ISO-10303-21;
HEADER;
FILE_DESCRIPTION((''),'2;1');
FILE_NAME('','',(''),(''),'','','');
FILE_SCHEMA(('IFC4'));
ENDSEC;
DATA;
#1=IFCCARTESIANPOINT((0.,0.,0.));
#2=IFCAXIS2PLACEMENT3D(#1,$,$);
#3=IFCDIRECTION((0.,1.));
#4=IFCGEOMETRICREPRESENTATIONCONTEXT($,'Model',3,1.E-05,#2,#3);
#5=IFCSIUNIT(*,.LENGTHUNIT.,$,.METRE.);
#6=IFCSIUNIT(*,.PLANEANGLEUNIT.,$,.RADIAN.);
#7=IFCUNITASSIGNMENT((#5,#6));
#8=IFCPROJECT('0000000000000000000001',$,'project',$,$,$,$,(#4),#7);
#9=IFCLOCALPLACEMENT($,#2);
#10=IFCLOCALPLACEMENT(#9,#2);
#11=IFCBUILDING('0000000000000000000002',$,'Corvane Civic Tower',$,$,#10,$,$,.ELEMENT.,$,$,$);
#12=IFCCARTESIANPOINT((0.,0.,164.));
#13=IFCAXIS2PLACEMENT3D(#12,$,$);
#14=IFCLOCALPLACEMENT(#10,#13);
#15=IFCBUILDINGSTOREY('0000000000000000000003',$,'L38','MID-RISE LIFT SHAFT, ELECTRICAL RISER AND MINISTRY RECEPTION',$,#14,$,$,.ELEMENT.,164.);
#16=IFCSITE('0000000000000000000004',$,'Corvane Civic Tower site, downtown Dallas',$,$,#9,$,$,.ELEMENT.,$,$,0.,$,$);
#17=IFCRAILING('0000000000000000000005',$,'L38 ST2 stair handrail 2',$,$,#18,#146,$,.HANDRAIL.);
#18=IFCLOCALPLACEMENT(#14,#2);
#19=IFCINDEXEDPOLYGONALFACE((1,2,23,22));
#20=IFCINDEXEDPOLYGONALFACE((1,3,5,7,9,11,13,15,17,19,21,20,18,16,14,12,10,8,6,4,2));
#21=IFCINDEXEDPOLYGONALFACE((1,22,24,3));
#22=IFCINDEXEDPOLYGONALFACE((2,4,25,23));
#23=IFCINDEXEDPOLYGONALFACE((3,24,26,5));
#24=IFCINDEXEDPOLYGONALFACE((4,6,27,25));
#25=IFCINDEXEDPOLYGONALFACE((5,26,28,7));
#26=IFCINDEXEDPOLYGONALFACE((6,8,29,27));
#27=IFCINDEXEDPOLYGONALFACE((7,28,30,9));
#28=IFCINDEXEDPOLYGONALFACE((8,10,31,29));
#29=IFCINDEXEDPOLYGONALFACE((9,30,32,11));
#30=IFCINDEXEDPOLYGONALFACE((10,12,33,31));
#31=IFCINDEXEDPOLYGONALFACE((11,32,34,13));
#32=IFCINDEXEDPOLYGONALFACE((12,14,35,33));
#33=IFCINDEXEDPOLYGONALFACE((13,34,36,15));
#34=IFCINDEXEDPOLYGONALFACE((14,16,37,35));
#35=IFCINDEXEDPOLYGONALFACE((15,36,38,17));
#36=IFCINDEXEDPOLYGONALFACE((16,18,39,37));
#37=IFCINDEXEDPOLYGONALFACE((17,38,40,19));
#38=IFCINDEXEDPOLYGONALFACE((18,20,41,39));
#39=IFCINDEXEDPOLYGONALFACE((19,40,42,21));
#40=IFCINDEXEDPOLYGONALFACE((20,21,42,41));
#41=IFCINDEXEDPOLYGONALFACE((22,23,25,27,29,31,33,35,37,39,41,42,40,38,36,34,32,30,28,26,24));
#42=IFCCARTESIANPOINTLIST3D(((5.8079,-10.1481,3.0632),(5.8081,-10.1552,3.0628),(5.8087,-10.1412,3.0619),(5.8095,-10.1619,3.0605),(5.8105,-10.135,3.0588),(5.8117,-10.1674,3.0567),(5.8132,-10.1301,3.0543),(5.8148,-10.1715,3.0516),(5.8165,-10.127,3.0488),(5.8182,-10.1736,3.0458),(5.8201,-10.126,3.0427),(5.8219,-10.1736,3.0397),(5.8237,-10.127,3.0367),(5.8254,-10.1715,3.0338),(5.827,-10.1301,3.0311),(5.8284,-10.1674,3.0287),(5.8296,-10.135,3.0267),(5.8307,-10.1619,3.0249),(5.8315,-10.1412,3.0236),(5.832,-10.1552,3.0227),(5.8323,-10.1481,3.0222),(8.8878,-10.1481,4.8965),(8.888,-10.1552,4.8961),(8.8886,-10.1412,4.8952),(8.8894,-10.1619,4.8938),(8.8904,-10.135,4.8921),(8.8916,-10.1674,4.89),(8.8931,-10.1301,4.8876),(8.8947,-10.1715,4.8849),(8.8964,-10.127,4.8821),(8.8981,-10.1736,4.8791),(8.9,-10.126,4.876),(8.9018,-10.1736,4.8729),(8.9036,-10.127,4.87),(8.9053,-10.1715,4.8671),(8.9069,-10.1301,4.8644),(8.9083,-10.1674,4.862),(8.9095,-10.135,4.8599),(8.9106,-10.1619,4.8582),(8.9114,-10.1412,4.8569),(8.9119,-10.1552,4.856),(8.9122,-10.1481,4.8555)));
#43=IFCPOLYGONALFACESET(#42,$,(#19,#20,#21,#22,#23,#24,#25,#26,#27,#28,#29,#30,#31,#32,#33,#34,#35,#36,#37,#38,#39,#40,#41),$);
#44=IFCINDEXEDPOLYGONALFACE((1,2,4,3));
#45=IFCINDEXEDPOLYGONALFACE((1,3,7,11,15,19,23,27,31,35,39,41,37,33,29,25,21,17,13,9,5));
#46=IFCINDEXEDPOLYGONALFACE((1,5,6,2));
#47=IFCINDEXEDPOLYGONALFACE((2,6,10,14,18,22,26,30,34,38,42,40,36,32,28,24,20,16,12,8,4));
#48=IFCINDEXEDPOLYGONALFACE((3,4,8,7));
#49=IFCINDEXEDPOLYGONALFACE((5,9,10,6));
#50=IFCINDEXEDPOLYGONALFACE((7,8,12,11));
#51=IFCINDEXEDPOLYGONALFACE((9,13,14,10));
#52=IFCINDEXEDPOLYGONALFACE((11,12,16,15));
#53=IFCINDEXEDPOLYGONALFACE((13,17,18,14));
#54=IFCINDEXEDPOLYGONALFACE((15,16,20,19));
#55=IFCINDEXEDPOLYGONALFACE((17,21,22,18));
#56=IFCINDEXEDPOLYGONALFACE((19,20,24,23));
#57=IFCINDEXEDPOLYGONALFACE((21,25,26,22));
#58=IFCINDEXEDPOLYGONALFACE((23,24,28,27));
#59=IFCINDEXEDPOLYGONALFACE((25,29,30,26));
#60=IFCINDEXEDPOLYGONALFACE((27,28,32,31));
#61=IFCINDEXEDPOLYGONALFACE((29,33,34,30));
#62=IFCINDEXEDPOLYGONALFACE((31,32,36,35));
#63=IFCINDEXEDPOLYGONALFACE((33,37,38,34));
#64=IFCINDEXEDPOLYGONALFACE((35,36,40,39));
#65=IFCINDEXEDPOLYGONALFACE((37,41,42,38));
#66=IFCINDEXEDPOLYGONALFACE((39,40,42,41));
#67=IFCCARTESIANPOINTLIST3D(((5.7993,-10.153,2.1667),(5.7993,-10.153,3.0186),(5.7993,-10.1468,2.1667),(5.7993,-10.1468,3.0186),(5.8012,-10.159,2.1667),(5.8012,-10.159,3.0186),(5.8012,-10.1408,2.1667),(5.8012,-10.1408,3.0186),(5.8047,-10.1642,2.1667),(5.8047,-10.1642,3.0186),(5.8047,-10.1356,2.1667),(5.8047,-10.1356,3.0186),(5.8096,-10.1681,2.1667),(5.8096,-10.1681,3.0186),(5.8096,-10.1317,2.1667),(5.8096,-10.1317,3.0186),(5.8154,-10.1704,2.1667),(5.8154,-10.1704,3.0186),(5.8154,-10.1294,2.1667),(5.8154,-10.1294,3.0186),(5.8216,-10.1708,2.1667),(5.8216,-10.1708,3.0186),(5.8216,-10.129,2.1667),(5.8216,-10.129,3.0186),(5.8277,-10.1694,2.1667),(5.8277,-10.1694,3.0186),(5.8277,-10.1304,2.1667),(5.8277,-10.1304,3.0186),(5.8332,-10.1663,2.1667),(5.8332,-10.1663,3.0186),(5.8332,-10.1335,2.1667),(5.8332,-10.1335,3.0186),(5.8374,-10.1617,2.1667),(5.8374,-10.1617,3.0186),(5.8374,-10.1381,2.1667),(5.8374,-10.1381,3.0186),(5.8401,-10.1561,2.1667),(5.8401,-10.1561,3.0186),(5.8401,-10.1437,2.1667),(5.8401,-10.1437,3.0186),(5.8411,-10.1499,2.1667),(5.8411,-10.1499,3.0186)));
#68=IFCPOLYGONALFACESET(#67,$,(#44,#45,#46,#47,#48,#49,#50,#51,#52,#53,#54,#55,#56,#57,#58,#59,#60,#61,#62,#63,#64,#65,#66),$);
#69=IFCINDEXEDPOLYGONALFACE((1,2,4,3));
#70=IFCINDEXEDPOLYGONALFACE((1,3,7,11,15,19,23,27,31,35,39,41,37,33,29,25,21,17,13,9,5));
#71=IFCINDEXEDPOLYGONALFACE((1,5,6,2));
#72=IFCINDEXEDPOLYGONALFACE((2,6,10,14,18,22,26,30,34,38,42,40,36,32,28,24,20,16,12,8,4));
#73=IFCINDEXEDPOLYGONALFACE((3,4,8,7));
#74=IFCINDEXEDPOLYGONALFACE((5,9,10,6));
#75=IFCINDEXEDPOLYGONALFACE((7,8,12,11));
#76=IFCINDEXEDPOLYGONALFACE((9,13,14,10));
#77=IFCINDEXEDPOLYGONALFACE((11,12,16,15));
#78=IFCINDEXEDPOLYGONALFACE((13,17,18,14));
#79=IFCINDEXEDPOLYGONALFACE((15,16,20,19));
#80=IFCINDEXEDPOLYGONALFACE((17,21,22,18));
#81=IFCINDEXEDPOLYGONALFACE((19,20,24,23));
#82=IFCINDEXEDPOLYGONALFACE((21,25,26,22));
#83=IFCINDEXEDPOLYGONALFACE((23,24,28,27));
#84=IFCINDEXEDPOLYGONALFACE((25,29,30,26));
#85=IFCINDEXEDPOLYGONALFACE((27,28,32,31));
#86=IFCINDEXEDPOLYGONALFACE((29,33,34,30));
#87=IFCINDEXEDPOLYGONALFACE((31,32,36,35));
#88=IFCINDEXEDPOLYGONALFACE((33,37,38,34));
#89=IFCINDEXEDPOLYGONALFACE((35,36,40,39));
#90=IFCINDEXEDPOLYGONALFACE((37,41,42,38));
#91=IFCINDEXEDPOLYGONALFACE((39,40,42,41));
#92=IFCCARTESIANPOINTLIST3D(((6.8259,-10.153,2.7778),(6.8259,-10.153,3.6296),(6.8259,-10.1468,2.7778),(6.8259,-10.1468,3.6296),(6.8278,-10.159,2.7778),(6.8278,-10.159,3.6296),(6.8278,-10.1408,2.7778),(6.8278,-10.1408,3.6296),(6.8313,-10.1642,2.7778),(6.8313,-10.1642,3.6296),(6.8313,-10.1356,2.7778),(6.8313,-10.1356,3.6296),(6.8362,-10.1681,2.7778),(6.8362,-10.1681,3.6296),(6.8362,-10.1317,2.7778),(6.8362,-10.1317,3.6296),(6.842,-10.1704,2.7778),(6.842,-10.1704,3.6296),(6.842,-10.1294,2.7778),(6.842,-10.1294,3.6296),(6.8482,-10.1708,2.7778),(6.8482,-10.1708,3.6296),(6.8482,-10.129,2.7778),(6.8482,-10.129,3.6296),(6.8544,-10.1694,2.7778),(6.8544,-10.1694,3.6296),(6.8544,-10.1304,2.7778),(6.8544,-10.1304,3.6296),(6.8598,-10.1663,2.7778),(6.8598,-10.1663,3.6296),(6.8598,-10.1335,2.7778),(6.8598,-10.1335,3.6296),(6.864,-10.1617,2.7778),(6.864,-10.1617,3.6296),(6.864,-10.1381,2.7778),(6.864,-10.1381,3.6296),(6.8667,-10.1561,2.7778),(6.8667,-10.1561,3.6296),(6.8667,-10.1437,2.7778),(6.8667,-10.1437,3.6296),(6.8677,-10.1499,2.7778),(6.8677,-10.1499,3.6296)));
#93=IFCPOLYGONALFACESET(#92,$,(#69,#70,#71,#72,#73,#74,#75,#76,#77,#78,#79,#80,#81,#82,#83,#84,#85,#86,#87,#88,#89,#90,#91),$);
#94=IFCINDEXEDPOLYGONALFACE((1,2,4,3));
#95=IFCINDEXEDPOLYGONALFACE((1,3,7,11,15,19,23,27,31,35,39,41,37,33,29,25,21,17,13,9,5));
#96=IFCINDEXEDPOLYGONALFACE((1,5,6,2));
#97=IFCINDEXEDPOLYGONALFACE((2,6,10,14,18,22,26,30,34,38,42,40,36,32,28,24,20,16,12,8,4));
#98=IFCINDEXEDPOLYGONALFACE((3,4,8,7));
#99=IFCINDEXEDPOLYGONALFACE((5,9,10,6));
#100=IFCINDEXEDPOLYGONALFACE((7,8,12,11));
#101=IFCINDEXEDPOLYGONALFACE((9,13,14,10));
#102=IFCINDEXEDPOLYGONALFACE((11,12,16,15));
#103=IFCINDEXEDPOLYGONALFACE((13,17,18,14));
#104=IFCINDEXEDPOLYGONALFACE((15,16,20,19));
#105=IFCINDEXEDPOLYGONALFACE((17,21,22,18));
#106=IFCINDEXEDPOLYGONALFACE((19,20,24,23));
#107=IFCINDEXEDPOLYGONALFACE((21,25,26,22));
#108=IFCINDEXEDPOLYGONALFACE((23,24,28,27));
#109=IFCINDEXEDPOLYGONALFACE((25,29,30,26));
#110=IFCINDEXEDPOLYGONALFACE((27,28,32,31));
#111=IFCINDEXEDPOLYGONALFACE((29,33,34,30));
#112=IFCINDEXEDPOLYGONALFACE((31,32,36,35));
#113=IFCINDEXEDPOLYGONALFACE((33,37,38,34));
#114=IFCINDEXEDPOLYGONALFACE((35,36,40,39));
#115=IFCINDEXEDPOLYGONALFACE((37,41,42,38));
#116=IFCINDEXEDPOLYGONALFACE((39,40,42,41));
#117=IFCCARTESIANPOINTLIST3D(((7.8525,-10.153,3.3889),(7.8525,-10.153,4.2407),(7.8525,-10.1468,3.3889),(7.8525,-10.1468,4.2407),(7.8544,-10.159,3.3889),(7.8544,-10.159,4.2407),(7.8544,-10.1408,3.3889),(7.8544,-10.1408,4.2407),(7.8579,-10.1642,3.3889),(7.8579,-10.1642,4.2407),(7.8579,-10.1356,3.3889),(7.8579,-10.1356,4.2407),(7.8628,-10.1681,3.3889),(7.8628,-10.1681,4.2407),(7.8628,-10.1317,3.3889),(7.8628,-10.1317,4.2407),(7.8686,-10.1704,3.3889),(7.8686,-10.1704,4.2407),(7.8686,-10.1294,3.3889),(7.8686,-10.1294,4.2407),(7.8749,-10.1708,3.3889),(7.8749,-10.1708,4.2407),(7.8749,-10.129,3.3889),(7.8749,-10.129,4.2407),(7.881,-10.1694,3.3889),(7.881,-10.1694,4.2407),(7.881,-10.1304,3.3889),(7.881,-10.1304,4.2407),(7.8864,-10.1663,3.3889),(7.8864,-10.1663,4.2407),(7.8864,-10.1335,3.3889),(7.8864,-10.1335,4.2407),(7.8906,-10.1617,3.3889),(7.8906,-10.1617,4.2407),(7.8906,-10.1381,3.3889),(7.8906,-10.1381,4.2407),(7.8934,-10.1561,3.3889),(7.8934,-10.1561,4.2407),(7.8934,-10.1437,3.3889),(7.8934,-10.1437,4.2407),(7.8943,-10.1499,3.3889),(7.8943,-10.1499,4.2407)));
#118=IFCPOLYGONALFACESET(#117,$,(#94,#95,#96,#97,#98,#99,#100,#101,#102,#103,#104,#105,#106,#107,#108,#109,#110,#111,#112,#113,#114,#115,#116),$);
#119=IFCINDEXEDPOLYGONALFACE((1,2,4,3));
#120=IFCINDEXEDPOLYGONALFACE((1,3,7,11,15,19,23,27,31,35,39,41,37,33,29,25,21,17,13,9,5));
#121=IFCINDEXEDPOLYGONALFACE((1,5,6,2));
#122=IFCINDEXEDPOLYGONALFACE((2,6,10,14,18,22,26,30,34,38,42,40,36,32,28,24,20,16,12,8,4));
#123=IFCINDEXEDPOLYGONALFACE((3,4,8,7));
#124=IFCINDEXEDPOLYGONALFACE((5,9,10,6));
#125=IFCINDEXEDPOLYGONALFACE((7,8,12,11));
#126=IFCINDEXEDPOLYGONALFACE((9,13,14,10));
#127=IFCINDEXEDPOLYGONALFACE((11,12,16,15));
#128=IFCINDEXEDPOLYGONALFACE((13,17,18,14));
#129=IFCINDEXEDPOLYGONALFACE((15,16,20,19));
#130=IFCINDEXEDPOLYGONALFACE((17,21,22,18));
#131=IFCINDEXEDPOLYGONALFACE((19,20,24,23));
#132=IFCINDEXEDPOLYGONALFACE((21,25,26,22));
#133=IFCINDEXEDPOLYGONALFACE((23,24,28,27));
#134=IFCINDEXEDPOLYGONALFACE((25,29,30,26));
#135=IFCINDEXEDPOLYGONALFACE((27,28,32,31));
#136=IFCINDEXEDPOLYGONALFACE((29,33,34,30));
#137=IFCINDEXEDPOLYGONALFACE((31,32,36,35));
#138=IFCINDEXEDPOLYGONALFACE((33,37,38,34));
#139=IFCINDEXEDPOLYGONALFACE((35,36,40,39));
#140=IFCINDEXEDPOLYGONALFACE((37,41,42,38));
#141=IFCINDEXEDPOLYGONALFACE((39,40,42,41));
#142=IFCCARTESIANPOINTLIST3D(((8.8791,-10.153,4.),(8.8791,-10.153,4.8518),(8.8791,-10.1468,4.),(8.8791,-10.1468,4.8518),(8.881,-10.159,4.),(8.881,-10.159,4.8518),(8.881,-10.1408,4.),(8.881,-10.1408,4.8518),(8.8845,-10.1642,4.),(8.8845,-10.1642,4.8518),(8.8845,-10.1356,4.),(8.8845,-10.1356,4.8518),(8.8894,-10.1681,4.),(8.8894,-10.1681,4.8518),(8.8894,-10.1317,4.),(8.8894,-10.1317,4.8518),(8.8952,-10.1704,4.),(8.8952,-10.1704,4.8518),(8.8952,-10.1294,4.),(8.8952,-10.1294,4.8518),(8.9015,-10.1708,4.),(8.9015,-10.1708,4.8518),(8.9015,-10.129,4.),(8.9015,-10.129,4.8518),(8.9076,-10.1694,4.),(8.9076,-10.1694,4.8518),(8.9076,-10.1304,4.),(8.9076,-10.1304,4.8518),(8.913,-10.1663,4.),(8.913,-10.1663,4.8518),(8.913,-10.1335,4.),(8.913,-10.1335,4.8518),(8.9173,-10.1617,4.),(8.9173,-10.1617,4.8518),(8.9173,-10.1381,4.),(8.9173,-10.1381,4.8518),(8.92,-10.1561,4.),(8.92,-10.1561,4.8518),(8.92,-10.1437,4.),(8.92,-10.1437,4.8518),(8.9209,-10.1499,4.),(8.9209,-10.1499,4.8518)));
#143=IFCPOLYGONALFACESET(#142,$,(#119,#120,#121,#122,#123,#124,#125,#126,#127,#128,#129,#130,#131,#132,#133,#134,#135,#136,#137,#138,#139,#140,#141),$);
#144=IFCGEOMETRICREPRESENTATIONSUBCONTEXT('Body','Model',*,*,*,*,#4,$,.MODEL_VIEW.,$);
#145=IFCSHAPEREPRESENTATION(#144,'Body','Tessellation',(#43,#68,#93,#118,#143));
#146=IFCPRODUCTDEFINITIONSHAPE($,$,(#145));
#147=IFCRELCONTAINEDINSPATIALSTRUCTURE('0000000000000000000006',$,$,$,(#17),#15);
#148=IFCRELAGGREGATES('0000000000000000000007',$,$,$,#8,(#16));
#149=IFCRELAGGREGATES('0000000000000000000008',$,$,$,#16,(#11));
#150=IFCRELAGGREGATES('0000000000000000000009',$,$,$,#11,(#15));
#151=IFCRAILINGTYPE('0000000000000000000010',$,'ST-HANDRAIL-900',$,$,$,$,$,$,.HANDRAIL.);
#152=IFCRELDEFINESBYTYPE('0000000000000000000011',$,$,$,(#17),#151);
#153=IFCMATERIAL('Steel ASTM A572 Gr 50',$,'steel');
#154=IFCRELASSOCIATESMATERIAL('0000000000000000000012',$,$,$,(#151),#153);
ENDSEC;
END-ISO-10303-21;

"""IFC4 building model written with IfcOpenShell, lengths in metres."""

from ifc_helpers import new_model, si_unit, direction, frame, origin, origin_2d, place, context, subcontext, project, spatial, circle, extrude, material, type_object, element, save


model = new_model("IFC4")

# Units and contexts
model_context = context("Model", 3, precision=1e-05, world=origin(), true_north=direction((0.0, 1.0)))
body_context = subcontext(model_context, "Body", "Model", "MODEL_VIEW")
ifc_project = project(units=[si_unit("LENGTHUNIT", "METRE"), si_unit("PLANEANGLEUNIT", "RADIAN")], contexts=[model_context])

# Site, building, storey
site_placement = place(None, origin())
site = spatial("IfcSite", under=ifc_project, at=site_placement, Name="Corvane Civic Tower site, downtown Dallas", CompositionType="ELEMENT", RefElevation=0.0)
building_placement = place(site_placement, origin())
building = spatial("IfcBuilding", under=site, at=building_placement, Name="Corvane Civic Tower", CompositionType="ELEMENT")
storey_placement = place(building_placement, frame((0.0, 0.0, 164.0)))
storey = spatial("IfcBuildingStorey", under=building, at=storey_placement, Name="L38", Description="MID-RISE LIFT SHAFT, ELECTRICAL RISER AND MINISTRY RECEPTION", CompositionType="ELEMENT", Elevation=164.0)

# Railing
ifc_material_1 = material(Name="Steel ASTM A572 Gr 50", Category="steel")
railing_type_1 = type_object("IfcRailingType", Name="ST-HANDRAIL-900", PredefinedType="HANDRAIL", material=ifc_material_1)
railing_1_placement = place(storey_placement, frame((5.8201, -10.1499, 2.1667)))
element("IfcRailing", 1, at=railing_1_placement, inside=storey, type_object=railing_type_1, Name="L38 ST2 stair handrail 2", PredefinedType="HANDRAIL", context=body_context, shape_type="SweptSolid", body=[
    extrude(circle(Radius=0.0239, at=origin_2d()), frame((0.0, 0.0, 0.876), z_axis=(0.859291, 0.0, 0.511487), x_axis=(0.0, 1.0, 0.0)), (0.0, 0.0, 1.0), 3.5842),
    extrude(circle(Radius=0.021, at=origin_2d()), origin(), (0.0, 0.0, 1.0), 0.8518),
    extrude(circle(Radius=0.021, at=origin_2d()), frame((1.0266, 0.0, 0.6111)), (0.0, 0.0, 1.0), 0.8518),
    extrude(circle(Radius=0.021, at=origin_2d()), frame((2.0532, 0.0, 1.2222)), (0.0, 0.0, 1.0), 0.8518),
    extrude(circle(Radius=0.021, at=origin_2d()), frame((3.0798, 0.0, 1.8333)), (0.0, 0.0, 1.0), 0.8518),
])

save(model, "model.ifc")
